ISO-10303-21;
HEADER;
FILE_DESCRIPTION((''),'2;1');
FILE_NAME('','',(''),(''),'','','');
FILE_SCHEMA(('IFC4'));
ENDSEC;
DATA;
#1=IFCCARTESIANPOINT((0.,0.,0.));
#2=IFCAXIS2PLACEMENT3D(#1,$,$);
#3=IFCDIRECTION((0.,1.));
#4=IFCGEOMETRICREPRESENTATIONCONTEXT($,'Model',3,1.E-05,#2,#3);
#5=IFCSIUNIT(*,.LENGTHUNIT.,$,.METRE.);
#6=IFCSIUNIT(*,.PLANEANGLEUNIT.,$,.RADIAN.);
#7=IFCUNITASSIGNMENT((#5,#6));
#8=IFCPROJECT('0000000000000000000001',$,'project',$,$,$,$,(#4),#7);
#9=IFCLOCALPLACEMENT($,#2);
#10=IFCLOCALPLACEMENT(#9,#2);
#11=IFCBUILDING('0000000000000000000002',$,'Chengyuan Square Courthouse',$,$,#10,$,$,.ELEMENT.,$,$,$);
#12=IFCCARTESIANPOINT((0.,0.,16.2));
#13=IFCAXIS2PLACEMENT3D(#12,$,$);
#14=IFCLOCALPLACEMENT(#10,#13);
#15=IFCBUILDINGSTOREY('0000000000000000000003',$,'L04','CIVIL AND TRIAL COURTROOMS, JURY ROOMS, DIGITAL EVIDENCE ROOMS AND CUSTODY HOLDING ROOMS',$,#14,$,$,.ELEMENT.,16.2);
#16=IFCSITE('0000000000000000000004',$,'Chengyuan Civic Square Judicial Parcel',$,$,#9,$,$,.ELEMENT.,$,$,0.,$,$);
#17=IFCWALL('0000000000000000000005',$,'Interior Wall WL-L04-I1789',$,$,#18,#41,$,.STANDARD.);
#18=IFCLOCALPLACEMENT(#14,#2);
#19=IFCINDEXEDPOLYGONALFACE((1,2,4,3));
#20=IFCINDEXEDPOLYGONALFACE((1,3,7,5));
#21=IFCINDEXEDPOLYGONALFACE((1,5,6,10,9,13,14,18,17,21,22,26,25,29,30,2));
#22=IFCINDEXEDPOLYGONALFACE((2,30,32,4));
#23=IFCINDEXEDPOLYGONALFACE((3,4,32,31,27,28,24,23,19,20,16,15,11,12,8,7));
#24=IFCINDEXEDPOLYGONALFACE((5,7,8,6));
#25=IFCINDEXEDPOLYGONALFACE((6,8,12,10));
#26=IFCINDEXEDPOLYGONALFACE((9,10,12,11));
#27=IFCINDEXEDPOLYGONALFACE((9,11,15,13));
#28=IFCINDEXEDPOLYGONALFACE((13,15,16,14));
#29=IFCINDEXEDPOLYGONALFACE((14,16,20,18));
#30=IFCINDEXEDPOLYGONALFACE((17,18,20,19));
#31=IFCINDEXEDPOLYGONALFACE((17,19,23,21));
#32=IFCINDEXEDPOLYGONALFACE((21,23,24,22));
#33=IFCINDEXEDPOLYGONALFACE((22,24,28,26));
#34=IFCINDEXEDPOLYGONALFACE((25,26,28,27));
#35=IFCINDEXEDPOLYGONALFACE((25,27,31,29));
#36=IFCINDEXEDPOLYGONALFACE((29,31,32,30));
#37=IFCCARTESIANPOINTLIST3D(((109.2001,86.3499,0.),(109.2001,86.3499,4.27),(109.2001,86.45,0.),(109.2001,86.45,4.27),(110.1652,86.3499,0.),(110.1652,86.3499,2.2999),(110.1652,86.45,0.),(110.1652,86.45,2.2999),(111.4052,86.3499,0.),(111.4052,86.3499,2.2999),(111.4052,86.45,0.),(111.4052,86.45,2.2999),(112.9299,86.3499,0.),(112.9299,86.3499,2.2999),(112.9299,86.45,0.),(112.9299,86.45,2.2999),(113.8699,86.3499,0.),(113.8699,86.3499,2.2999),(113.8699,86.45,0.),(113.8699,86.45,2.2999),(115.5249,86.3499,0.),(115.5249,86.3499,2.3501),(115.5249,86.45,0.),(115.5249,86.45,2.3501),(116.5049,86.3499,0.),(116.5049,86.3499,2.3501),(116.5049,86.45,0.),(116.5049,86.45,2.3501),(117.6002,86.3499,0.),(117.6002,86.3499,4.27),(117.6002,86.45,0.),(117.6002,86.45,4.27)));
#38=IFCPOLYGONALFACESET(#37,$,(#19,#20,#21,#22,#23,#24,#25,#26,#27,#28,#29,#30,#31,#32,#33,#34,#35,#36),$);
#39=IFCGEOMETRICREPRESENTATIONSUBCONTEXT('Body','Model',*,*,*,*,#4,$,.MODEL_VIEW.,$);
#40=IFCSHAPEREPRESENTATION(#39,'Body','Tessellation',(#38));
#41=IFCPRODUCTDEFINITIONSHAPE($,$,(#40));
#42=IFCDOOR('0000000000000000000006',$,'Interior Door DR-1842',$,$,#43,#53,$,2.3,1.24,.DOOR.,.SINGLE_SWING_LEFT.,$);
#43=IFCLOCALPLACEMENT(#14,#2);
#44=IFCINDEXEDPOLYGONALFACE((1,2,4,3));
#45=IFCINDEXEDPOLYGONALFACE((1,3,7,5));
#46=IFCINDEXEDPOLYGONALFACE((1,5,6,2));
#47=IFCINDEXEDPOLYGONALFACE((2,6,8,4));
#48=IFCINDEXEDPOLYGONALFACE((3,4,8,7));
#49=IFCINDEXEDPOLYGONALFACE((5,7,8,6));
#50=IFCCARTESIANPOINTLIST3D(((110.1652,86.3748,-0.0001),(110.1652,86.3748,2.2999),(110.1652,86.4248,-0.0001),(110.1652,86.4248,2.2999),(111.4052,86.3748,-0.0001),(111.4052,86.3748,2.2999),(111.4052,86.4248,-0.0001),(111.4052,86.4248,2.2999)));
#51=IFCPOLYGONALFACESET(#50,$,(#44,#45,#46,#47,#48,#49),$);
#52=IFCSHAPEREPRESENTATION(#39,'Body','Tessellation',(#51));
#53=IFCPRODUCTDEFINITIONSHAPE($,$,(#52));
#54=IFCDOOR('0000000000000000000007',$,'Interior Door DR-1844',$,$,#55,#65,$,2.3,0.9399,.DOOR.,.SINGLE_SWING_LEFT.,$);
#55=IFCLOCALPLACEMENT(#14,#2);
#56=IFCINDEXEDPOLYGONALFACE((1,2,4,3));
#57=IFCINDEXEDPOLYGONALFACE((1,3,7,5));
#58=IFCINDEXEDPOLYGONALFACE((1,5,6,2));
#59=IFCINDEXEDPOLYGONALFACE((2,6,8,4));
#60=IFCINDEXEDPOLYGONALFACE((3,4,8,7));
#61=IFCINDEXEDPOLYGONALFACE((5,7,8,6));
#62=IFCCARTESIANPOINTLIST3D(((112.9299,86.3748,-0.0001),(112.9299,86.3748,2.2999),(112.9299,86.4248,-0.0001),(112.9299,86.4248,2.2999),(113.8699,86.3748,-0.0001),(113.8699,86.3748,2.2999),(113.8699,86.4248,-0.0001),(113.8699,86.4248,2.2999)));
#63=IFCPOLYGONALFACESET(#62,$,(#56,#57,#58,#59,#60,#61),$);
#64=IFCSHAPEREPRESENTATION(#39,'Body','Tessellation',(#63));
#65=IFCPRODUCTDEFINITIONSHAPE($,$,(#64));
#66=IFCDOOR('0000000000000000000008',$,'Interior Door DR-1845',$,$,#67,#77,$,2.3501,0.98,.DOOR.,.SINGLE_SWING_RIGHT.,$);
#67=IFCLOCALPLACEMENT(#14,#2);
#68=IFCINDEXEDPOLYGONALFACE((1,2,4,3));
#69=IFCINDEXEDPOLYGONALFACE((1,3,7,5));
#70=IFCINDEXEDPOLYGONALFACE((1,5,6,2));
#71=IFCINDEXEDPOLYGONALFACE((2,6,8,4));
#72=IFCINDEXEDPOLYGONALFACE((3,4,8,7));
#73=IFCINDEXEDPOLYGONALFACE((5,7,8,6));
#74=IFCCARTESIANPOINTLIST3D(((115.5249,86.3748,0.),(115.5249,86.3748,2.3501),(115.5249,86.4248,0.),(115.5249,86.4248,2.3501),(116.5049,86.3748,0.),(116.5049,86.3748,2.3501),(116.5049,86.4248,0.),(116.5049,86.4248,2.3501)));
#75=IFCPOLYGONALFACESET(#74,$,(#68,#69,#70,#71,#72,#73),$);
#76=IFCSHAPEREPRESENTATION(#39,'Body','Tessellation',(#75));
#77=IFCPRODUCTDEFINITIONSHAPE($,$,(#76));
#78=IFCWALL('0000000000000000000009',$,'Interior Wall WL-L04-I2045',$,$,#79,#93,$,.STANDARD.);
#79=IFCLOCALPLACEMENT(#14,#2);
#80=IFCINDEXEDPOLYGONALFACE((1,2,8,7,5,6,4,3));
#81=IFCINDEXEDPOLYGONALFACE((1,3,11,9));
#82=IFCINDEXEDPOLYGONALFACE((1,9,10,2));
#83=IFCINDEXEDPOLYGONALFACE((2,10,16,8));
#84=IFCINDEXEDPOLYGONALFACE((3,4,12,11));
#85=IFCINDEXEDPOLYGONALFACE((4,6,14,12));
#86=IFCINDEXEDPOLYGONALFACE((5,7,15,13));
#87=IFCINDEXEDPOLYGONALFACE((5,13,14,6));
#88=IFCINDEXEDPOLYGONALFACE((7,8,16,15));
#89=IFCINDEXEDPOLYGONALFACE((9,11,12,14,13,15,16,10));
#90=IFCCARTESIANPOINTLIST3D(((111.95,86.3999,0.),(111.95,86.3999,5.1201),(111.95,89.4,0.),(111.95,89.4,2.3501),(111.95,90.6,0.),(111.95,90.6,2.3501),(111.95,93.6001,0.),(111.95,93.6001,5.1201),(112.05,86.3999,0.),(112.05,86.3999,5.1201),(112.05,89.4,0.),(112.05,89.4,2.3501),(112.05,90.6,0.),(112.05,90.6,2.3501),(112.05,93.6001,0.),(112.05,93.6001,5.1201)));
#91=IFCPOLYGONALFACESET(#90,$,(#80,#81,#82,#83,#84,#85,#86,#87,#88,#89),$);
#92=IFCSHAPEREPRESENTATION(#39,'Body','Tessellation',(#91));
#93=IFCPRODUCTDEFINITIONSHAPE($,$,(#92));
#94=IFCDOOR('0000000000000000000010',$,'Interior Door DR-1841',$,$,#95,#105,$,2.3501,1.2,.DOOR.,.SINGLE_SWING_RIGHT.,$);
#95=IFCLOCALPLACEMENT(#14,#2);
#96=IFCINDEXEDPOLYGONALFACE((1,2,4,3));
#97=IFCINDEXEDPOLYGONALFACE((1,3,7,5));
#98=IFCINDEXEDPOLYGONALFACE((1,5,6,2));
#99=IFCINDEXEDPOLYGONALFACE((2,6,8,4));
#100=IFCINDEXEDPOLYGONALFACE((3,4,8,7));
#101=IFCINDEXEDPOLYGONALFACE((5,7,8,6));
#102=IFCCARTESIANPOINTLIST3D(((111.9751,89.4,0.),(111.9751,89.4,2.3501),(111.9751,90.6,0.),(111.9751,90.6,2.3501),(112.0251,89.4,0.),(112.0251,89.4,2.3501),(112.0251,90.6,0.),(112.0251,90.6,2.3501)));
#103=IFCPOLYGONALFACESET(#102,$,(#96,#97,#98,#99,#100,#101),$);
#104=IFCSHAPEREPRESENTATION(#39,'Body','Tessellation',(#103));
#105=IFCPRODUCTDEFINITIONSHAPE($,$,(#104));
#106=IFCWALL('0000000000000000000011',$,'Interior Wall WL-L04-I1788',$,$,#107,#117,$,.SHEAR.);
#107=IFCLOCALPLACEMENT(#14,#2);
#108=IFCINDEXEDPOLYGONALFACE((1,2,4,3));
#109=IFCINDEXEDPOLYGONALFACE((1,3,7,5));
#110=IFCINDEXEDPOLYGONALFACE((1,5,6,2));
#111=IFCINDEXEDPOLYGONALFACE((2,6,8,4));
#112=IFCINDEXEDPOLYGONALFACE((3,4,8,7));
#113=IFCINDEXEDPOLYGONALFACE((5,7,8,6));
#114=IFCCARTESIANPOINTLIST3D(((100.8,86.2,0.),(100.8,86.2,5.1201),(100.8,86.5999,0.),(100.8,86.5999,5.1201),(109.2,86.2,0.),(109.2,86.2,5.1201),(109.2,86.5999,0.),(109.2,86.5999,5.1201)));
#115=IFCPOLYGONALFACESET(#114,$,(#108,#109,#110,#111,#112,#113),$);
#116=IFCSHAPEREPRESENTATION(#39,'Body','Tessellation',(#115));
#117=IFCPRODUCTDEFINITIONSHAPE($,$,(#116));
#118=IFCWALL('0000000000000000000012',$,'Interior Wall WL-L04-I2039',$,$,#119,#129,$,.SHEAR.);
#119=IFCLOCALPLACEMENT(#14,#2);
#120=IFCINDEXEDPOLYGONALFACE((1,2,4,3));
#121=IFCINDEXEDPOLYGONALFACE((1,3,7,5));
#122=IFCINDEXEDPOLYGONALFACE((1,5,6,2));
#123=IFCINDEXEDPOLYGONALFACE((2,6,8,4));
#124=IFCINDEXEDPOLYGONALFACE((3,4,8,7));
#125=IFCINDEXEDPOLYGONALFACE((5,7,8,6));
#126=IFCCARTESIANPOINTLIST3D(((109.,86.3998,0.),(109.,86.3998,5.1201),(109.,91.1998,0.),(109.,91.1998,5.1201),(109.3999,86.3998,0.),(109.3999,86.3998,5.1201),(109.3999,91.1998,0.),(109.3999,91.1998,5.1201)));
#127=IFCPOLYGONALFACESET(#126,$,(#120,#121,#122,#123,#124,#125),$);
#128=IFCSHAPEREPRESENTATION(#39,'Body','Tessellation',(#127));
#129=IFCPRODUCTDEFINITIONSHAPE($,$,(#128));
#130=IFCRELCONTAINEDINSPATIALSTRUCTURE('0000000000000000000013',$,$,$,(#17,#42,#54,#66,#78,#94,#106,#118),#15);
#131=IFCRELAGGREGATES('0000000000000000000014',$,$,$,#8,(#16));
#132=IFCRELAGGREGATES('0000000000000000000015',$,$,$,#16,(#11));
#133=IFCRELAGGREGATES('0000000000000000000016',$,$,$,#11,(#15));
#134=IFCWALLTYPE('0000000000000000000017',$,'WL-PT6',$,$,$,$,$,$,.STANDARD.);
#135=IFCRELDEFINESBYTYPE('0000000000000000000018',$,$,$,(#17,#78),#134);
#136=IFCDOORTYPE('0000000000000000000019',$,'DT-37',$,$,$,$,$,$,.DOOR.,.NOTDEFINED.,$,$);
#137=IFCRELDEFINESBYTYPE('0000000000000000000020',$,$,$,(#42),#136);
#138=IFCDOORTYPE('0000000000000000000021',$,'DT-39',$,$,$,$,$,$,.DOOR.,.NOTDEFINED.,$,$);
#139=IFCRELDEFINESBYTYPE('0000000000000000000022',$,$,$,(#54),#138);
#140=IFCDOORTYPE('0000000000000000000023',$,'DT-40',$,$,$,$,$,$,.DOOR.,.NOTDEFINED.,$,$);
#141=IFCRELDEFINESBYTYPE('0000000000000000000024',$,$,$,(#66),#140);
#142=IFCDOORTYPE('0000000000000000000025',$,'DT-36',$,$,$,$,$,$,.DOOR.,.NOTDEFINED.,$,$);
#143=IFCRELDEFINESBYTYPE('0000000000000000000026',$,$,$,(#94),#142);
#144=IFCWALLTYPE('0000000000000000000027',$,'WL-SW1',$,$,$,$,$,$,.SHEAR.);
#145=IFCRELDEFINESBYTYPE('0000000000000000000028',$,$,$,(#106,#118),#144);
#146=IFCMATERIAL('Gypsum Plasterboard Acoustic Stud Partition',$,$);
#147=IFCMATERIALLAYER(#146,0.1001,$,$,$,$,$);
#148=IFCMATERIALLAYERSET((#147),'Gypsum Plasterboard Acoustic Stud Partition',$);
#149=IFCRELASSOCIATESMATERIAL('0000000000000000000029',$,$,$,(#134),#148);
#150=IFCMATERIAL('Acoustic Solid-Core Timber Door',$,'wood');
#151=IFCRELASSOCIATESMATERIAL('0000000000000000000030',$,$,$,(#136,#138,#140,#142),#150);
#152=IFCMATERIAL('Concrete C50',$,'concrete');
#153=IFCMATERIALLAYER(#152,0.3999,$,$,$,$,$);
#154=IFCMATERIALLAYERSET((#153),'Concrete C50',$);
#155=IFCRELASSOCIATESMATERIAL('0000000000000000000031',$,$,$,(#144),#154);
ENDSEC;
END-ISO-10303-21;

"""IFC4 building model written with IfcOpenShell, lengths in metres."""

from ifc_helpers import new_model, si_unit, direction, frame, frame_2d, origin, place, context, subcontext, project, spatial, rectangle, extrude, material, layer, layer_set, type_object, element, fill, save


model = new_model("IFC4")

# Units and contexts
model_context = context("Model", 3, precision=1e-05, world=origin(), true_north=direction((0.0, 1.0)))
body_context = subcontext(model_context, "Body", "Model", "MODEL_VIEW")
ifc_project = project(units=[si_unit("LENGTHUNIT", "METRE"), si_unit("PLANEANGLEUNIT", "RADIAN")], contexts=[model_context])

# Site, building, storey
site_placement = place(None, origin())
site = spatial("IfcSite", under=ifc_project, at=site_placement, Name="Chengyuan Civic Square Judicial Parcel", CompositionType="ELEMENT", RefElevation=0.0)
building_placement = place(site_placement, origin())
building = spatial("IfcBuilding", under=site, at=building_placement, Name="Chengyuan Square Courthouse", CompositionType="ELEMENT")
storey_placement = place(building_placement, frame((0.0, 0.0, 16.2)))
storey = spatial("IfcBuildingStorey", under=building, at=storey_placement, Name="L04", Description="CIVIL AND TRIAL COURTROOMS, JURY ROOMS, DIGITAL EVIDENCE ROOMS AND CUSTODY HOLDING ROOMS", CompositionType="ELEMENT", Elevation=16.2)

# Shared definitions
ifc_material_1 = material(Name="Concrete C50", Category="concrete")

# Wall, openings, doors
ifc_material_2 = material(Name="Gypsum Plasterboard Acoustic Stud Partition")
ifc_layer_1 = layer(ifc_material_2, 0.1001)
ifc_layer_set_1 = layer_set([ifc_layer_1], Name="Gypsum Plasterboard Acoustic Stud Partition")
wall_type_1 = type_object("IfcWallType", Name="WL-PT6", PredefinedType="STANDARD", material=ifc_layer_set_1)
wall_1_placement = place(storey_placement, frame((109.2, 86.3999, 0.0), z_axis=(0.0, 0.0, 1.0), x_axis=(1.0, 0.0, 0.0)))
wall_1 = element("IfcWall", 1, at=wall_1_placement, inside=storey, type_object=wall_type_1, Name="Interior Wall WL-L04-I1789", PredefinedType="STANDARD", context=body_context, shape_type="SweptSolid", body=[
    extrude(rectangle(XDim=8.4001, YDim=0.1001, at=frame_2d((4.2002, 0.0))), origin(), (0.0, 0.0, 1.0), 4.27),
])
opening_1_placement = place(wall_1_placement, frame((0.9651, 0.0, 0.0)))
opening_1 = element("IfcOpeningElement", 2, at=opening_1_placement, cuts=wall_1, PredefinedType="OPENING", context=body_context, shape_type="SweptSolid", body=[
    extrude(rectangle(XDim=1.24, YDim=2.3, at=frame_2d((0.6201, 1.1499))), frame((0.0, 0.062, 0.0), z_axis=(0.0, -1.0, 0.0), x_axis=(1.0, 0.0, 0.0)), (0.0, 0.0, 1.0), 0.124),
])
opening_2_placement = place(wall_1_placement, frame((3.73, 0.0, 0.0)))
opening_2 = element("IfcOpeningElement", 3, at=opening_2_placement, cuts=wall_1, PredefinedType="OPENING", context=body_context, shape_type="SweptSolid", body=[
    extrude(rectangle(XDim=0.9399, YDim=2.3, at=frame_2d((0.47, 1.1499))), frame((0.0, 0.062, 0.0), z_axis=(0.0, -1.0, 0.0), x_axis=(1.0, 0.0, 0.0)), (0.0, 0.0, 1.0), 0.124),
])
opening_3_placement = place(wall_1_placement, frame((6.325, 0.0, 0.0)))
opening_3 = element("IfcOpeningElement", 4, at=opening_3_placement, cuts=wall_1, PredefinedType="OPENING", context=body_context, shape_type="SweptSolid", body=[
    extrude(rectangle(XDim=0.98, YDim=2.3501, at=frame_2d((0.49, 1.175))), frame((0.0, 0.062, 0.0), z_axis=(0.0, -1.0, 0.0), x_axis=(1.0, 0.0, 0.0)), (0.0, 0.0, 1.0), 0.124),
])
ifc_material_3 = material(Name="Acoustic Solid-Core Timber Door", Category="wood")
door_type_1 = type_object("IfcDoorType", Name="DT-37", OperationType="NOTDEFINED", PredefinedType="DOOR", material=ifc_material_3)
door_1_placement = place(opening_1_placement, origin())
door_1 = element("IfcDoor", 5, at=door_1_placement, inside=storey, type_object=door_type_1, Name="Interior Door DR-1842", OperationType="SINGLE_SWING_LEFT", OverallHeight=2.3, OverallWidth=1.24, PredefinedType="DOOR", context=body_context, shape_type="SweptSolid", body=[
    extrude(rectangle(XDim=1.24, YDim=2.3, at=frame_2d((0.6201, 1.1499))), frame((0.0, 0.0249, 0.0), z_axis=(0.0, -1.0, 0.0), x_axis=(1.0, 0.0, 0.0)), (0.0, 0.0, 1.0), 0.05),
])
fill(opening_1, door_1)
door_type_2 = type_object("IfcDoorType", Name="DT-39", OperationType="NOTDEFINED", PredefinedType="DOOR", material=ifc_material_3)
door_2_placement = place(opening_2_placement, origin())
door_2 = element("IfcDoor", 6, at=door_2_placement, inside=storey, type_object=door_type_2, Name="Interior Door DR-1844", OperationType="SINGLE_SWING_LEFT", OverallHeight=2.3, OverallWidth=0.9399, PredefinedType="DOOR", context=body_context, shape_type="SweptSolid", body=[
    extrude(rectangle(XDim=0.9399, YDim=2.3, at=frame_2d((0.47, 1.1499))), frame((0.0, 0.0249, 0.0), z_axis=(0.0, -1.0, 0.0), x_axis=(1.0, 0.0, 0.0)), (0.0, 0.0, 1.0), 0.05),
])
fill(opening_2, door_2)
door_type_3 = type_object("IfcDoorType", Name="DT-40", OperationType="NOTDEFINED", PredefinedType="DOOR", material=ifc_material_3)
door_3_placement = place(opening_3_placement, origin())
door_3 = element("IfcDoor", 7, at=door_3_placement, inside=storey, type_object=door_type_3, Name="Interior Door DR-1845", OperationType="SINGLE_SWING_RIGHT", OverallHeight=2.3501, OverallWidth=0.98, PredefinedType="DOOR", context=body_context, shape_type="SweptSolid", body=[
    extrude(rectangle(XDim=0.98, YDim=2.3501, at=frame_2d((0.49, 1.175))), frame((0.0, 0.0249, 0.0), z_axis=(0.0, -1.0, 0.0), x_axis=(1.0, 0.0, 0.0)), (0.0, 0.0, 1.0), 0.05),
])
fill(opening_3, door_3)

# Wall, opening, door
wall_2_placement = place(storey_placement, frame((112.0, 86.3999, 0.0), z_axis=(0.0, 0.0, 1.0), x_axis=(0.0, 1.0, 0.0)))
wall_2 = element("IfcWall", 8, at=wall_2_placement, inside=storey, type_object=wall_type_1, Name="Interior Wall WL-L04-I2045", PredefinedType="STANDARD", context=body_context, shape_type="SweptSolid", body=[
    extrude(rectangle(XDim=7.2002, YDim=0.1001, at=frame_2d((3.6001, 0.0))), origin(), (0.0, 0.0, 1.0), 5.1201),
])
opening_4_placement = place(wall_2_placement, frame((3.0, 0.0, 0.0)))
opening_4 = element("IfcOpeningElement", 9, at=opening_4_placement, cuts=wall_2, PredefinedType="OPENING", context=body_context, shape_type="SweptSolid", body=[
    extrude(rectangle(XDim=1.2, YDim=2.3501, at=frame_2d((0.6001, 1.175))), frame((0.0, 0.062, 0.0), z_axis=(0.0, -1.0, 0.0), x_axis=(1.0, 0.0, 0.0)), (0.0, 0.0, 1.0), 0.124),
])
door_type_4 = type_object("IfcDoorType", Name="DT-36", OperationType="NOTDEFINED", PredefinedType="DOOR", material=ifc_material_3)
door_4_placement = place(opening_4_placement, origin())
door_4 = element("IfcDoor", 10, at=door_4_placement, inside=storey, type_object=door_type_4, Name="Interior Door DR-1841", OperationType="SINGLE_SWING_RIGHT", OverallHeight=2.3501, OverallWidth=1.2, PredefinedType="DOOR", context=body_context, shape_type="SweptSolid", body=[
    extrude(rectangle(XDim=1.2, YDim=2.3501, at=frame_2d((0.6001, 1.175))), frame((0.0, 0.0249, 0.0), z_axis=(0.0, -1.0, 0.0), x_axis=(1.0, 0.0, 0.0)), (0.0, 0.0, 1.0), 0.05),
])
fill(opening_4, door_4)

# Walls
ifc_layer_2 = layer(ifc_material_1, 0.3999)
ifc_layer_set_2 = layer_set([ifc_layer_2], Name="Concrete C50")
wall_type_2 = type_object("IfcWallType", Name="WL-SW1", PredefinedType="SHEAR", material=ifc_layer_set_2)
wall_3_placement = place(storey_placement, frame((100.8, 86.3999, 0.0), z_axis=(0.0, 0.0, 1.0), x_axis=(1.0, 0.0, 0.0)))
element("IfcWall", 11, at=wall_3_placement, inside=storey, type_object=wall_type_2, Name="Interior Wall WL-L04-I1788", PredefinedType="SHEAR", context=body_context, shape_type="SweptSolid", body=[
    extrude(rectangle(XDim=8.3999, YDim=0.3999, at=frame_2d((4.2, 0.0))), origin(), (0.0, 0.0, 1.0), 5.1201),
])
wall_4_placement = place(storey_placement, frame((109.2, 86.3999, 0.0), z_axis=(0.0, 0.0, 1.0), x_axis=(0.0, 1.0, 0.0)))
element("IfcWall", 12, at=wall_4_placement, inside=storey, type_object=wall_type_2, Name="Interior Wall WL-L04-I2039", PredefinedType="SHEAR", context=body_context, shape_type="SweptSolid", body=[
    extrude(rectangle(XDim=4.8, YDim=0.3999, at=frame_2d((2.3999, 0.0))), origin(), (0.0, 0.0, 1.0), 5.1201),
])

save(model, "model.ifc")
